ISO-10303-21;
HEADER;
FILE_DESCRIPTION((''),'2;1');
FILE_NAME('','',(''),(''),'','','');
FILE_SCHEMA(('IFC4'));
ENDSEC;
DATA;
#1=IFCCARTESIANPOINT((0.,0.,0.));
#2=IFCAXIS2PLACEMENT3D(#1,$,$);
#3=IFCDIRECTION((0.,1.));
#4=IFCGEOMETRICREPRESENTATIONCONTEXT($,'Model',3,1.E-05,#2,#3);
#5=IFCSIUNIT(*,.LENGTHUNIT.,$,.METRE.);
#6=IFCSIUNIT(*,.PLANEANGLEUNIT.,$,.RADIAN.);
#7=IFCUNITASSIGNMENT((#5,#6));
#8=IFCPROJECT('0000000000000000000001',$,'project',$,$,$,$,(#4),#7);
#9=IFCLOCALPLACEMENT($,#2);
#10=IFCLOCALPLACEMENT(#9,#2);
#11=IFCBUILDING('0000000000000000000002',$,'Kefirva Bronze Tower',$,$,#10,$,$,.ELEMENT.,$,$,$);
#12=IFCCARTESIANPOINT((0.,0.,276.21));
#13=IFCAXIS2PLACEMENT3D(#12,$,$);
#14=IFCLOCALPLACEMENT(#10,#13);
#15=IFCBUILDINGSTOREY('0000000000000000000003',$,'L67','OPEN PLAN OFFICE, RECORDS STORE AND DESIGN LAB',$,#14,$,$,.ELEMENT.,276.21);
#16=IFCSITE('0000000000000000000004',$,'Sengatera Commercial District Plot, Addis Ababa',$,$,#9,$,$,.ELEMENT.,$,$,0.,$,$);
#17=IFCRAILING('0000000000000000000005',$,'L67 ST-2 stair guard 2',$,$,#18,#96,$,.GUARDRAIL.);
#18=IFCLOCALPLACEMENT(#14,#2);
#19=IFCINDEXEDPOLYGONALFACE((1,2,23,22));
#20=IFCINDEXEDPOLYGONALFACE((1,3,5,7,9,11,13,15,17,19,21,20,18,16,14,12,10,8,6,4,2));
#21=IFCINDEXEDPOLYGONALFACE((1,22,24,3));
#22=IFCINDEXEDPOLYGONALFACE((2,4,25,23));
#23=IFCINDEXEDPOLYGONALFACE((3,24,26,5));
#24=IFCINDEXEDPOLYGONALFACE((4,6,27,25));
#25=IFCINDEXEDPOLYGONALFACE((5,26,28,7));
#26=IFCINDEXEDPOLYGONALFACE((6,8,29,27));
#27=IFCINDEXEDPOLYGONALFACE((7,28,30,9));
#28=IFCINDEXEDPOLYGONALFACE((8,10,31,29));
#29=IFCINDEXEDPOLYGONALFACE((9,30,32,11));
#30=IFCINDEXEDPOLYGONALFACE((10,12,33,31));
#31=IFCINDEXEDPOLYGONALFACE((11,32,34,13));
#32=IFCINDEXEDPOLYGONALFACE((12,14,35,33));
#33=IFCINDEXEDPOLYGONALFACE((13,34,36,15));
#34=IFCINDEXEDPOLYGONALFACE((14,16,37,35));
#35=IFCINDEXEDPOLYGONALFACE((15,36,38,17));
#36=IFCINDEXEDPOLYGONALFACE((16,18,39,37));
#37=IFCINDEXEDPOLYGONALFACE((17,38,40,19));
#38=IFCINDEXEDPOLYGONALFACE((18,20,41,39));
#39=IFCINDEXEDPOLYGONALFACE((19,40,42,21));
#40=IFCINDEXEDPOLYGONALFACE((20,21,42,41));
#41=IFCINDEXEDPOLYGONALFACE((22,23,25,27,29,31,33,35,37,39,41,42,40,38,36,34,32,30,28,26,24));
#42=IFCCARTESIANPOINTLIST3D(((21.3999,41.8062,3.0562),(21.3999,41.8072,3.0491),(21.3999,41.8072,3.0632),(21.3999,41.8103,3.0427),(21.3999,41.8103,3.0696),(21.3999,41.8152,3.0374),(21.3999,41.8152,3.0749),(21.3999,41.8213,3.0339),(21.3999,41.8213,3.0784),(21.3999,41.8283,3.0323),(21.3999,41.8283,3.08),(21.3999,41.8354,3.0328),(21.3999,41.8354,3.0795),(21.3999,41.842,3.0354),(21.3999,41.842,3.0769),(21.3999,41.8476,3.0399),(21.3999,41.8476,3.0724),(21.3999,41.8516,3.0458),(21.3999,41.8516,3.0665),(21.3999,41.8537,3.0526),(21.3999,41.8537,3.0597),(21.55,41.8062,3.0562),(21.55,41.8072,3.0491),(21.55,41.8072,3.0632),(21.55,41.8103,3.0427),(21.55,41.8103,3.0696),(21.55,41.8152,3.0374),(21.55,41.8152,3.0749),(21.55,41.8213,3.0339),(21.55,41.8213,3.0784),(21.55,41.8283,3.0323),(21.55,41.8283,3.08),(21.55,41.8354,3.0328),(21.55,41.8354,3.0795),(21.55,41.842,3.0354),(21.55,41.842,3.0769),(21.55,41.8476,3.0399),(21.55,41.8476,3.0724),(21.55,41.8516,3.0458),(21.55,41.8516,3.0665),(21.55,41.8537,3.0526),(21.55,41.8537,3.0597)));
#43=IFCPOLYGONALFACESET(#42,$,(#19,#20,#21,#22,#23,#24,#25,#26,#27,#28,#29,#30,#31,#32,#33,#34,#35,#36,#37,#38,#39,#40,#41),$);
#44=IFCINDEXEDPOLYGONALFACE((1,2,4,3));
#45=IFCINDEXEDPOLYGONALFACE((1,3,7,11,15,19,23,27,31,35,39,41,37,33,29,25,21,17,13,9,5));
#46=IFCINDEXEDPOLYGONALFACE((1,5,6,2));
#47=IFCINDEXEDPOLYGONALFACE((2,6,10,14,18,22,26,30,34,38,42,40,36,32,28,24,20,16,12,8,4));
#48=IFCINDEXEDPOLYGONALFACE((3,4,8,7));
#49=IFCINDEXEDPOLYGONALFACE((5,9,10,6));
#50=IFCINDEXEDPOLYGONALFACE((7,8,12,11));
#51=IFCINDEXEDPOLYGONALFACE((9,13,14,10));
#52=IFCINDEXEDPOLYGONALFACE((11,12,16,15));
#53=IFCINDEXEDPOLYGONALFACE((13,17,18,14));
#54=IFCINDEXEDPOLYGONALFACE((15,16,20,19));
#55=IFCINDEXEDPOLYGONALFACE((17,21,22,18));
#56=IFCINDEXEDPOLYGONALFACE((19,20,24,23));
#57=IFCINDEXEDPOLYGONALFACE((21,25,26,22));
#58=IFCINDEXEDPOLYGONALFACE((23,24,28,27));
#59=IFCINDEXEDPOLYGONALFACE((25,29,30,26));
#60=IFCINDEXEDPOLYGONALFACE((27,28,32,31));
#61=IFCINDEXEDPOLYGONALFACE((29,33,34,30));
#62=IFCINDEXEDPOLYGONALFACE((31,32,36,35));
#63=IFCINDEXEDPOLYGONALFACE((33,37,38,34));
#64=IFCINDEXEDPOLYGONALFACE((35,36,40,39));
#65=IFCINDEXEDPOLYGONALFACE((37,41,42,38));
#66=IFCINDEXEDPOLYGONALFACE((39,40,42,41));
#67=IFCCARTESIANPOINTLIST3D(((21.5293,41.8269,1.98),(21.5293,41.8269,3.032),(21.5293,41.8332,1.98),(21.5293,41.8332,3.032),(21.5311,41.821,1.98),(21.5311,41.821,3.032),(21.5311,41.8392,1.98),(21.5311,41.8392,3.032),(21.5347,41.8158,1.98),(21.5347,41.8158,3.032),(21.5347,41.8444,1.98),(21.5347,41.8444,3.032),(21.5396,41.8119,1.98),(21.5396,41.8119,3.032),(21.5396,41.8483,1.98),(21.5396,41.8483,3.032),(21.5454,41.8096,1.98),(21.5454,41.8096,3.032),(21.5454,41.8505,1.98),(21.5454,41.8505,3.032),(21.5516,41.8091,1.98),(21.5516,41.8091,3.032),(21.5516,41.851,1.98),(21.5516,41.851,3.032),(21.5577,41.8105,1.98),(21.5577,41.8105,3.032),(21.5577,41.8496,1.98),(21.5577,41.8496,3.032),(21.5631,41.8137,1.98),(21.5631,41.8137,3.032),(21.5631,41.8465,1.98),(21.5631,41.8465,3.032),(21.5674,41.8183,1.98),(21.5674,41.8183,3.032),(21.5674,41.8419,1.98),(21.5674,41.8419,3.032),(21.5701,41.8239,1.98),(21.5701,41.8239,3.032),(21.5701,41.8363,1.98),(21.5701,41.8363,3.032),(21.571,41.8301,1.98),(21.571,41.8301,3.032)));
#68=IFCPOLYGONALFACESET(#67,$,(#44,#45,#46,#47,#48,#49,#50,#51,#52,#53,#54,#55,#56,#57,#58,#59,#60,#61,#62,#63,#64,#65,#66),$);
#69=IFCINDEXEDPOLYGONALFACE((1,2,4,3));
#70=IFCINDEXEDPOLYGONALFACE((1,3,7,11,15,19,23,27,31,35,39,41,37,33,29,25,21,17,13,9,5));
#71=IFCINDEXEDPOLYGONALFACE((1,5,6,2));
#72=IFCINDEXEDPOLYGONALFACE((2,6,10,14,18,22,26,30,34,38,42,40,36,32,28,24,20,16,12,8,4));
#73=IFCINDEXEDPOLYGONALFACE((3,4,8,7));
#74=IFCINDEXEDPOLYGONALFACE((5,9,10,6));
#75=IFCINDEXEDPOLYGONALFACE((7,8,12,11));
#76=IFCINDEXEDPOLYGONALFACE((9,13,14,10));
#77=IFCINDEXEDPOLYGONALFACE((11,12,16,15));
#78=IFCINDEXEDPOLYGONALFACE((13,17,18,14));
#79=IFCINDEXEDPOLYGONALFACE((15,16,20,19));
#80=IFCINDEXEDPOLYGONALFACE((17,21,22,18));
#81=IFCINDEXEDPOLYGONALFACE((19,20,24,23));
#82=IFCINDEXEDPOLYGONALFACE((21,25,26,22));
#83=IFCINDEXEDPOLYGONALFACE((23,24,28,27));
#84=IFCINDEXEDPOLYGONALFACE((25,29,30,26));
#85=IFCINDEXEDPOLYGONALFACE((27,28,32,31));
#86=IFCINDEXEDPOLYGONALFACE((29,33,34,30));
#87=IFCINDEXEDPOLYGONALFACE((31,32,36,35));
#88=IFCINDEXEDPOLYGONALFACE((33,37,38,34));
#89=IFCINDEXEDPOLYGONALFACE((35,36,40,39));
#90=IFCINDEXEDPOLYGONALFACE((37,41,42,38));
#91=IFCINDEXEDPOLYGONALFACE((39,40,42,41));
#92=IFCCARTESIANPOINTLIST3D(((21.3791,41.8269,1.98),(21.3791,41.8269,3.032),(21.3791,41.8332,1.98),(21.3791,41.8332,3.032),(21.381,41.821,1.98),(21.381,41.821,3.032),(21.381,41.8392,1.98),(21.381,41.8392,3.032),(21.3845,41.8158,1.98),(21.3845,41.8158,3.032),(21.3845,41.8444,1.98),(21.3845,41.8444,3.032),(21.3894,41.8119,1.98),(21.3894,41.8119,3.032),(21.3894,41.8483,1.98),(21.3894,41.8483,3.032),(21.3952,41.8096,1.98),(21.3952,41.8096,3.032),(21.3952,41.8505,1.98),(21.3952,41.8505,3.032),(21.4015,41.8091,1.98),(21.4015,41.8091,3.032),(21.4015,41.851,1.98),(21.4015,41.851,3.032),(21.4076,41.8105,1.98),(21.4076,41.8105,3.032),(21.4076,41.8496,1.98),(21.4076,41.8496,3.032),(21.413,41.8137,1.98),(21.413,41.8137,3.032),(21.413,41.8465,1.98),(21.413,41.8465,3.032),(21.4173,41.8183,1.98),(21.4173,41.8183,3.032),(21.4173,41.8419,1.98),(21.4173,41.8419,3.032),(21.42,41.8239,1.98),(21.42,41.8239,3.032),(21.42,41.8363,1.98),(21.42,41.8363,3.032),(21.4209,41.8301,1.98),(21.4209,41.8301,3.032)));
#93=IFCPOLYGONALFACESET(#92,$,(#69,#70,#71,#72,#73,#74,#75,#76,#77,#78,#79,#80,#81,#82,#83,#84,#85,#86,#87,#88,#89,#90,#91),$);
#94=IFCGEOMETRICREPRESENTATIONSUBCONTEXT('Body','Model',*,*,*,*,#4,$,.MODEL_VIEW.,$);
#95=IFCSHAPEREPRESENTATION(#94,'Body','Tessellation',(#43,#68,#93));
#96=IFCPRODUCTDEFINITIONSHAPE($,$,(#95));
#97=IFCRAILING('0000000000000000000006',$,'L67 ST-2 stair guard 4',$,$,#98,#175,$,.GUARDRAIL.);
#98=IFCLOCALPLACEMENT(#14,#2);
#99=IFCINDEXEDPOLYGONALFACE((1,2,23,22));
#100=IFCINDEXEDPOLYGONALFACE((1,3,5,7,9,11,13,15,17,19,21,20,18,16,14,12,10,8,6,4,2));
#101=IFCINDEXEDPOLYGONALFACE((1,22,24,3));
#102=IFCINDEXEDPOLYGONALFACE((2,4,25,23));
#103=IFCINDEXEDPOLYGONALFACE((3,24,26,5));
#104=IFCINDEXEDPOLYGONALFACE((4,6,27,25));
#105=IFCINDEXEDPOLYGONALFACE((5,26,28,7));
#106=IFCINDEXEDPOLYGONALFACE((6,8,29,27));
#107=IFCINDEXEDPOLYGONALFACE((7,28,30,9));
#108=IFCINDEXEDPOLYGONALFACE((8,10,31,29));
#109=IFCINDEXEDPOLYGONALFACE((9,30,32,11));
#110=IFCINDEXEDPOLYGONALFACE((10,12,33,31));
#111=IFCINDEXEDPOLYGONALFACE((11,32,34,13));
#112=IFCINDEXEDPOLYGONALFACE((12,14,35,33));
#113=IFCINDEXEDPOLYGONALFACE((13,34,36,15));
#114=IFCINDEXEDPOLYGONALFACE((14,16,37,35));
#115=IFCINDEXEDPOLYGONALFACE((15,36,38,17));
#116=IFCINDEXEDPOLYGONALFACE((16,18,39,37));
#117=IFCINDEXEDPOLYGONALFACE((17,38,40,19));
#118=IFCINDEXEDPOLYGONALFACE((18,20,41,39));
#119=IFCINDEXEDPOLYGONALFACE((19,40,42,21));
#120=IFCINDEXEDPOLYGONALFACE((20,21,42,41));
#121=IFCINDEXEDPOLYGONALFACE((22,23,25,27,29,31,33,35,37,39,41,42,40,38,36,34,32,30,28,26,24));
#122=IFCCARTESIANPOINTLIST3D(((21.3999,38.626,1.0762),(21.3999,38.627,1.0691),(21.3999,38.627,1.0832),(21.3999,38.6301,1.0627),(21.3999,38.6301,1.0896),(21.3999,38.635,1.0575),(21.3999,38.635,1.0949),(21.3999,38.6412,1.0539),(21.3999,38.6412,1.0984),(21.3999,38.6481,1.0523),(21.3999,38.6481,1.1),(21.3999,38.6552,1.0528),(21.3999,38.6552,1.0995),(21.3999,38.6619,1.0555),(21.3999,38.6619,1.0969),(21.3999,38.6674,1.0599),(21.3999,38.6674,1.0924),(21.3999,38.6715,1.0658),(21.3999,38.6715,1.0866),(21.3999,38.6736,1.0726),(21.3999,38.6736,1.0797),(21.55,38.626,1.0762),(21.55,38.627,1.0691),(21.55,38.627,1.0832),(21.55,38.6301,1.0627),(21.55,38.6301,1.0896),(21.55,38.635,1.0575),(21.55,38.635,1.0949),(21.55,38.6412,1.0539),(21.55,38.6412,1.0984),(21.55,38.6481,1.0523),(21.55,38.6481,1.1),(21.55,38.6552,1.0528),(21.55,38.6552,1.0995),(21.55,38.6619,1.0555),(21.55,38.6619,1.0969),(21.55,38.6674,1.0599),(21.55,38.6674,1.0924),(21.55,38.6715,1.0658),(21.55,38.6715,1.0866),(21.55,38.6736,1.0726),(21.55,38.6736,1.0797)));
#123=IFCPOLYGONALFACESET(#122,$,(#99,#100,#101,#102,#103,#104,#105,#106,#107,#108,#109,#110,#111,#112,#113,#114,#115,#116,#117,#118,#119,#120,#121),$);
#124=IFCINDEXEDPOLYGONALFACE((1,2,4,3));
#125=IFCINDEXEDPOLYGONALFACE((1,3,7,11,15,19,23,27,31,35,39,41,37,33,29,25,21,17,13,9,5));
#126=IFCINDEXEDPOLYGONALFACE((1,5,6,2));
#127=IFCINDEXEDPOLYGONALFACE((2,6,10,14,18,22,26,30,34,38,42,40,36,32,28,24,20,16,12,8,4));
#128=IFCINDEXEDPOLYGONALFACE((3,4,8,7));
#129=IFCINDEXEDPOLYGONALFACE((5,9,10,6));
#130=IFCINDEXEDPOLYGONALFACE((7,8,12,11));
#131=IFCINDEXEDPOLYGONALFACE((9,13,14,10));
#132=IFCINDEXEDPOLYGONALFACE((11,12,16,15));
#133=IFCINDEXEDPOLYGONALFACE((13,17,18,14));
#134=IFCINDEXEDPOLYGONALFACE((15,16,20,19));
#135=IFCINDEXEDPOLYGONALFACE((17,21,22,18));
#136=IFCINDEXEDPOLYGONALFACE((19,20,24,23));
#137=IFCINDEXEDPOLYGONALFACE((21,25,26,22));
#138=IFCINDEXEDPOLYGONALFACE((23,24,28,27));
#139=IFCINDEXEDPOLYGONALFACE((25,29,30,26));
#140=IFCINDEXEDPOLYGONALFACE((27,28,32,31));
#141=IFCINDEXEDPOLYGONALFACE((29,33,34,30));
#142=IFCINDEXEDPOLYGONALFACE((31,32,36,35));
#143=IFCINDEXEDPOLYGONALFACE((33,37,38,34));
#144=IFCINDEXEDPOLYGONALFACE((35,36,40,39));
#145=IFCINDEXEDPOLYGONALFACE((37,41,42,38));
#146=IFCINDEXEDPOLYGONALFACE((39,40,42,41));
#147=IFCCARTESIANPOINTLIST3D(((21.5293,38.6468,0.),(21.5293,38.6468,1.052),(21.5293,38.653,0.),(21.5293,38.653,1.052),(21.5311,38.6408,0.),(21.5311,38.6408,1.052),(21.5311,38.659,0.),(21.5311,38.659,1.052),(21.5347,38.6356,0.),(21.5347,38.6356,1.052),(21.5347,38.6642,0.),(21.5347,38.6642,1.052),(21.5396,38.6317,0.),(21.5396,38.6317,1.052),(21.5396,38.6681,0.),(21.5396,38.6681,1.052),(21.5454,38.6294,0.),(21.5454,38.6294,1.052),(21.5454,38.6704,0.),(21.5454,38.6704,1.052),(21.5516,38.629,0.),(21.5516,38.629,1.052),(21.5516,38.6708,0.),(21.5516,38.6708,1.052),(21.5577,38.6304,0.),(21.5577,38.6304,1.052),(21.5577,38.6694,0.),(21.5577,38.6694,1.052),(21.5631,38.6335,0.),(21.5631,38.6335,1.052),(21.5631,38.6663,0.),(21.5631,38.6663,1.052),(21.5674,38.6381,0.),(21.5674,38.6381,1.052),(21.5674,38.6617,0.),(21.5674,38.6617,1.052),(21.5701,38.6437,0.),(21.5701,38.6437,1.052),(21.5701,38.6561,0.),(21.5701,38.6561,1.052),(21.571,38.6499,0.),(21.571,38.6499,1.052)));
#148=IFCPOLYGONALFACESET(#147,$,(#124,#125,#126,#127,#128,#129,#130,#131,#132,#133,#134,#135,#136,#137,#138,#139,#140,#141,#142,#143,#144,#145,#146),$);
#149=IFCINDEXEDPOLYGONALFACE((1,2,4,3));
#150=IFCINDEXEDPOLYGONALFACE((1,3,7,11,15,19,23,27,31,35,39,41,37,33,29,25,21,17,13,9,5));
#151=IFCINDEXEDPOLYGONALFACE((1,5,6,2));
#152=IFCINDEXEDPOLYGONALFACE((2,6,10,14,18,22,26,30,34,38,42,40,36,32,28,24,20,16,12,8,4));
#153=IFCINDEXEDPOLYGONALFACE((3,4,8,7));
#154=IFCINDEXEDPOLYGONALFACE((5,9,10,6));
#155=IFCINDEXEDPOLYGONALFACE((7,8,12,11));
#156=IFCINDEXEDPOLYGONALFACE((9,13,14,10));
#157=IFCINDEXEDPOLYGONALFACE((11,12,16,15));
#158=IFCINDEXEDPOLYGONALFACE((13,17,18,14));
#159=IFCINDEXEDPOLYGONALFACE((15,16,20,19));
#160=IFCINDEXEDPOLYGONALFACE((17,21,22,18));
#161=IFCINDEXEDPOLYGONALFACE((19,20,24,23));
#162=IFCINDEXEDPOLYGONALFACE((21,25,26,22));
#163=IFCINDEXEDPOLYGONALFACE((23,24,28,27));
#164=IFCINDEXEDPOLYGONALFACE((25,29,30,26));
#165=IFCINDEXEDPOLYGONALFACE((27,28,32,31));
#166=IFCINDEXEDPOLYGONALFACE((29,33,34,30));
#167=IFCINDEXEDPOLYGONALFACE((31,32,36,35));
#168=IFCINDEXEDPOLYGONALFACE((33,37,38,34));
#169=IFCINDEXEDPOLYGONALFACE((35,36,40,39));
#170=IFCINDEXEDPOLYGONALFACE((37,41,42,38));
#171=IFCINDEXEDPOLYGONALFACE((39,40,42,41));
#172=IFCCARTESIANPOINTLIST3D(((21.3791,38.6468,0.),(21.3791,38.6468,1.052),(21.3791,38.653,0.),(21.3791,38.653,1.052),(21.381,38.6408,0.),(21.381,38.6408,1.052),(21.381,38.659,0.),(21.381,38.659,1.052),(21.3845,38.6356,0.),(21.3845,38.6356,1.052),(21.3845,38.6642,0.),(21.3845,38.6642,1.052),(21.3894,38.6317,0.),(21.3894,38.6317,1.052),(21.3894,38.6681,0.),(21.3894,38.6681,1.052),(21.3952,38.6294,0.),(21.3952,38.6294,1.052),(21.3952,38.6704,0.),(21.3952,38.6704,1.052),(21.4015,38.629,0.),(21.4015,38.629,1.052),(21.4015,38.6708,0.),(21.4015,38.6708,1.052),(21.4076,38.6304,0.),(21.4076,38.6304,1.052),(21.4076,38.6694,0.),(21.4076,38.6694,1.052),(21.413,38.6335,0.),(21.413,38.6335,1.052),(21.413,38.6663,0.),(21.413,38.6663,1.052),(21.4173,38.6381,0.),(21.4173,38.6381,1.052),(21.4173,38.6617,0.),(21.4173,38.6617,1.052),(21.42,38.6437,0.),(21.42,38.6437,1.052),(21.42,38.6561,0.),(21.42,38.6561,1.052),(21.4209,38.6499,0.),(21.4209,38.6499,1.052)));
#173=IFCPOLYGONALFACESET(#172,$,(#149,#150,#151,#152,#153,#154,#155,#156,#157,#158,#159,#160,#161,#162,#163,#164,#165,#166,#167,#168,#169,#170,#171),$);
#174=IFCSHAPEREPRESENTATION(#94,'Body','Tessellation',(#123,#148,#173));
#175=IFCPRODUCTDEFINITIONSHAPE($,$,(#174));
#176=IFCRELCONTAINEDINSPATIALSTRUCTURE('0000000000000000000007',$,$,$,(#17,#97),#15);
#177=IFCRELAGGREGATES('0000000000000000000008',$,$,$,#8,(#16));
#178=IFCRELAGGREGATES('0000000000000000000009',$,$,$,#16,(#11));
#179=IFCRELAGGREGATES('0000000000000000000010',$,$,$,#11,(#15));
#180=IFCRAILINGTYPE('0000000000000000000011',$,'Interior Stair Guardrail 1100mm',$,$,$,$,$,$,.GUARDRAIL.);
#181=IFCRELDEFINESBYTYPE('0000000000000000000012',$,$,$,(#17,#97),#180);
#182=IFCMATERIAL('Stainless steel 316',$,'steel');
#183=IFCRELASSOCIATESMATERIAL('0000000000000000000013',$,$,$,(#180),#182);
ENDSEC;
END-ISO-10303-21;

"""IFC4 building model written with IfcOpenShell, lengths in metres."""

from ifc_helpers import new_model, si_unit, direction, frame, origin, origin_2d, place, context, subcontext, project, spatial, circle, extrude, material, type_object, element, save


model = new_model("IFC4")

# Units and contexts
model_context = context("Model", 3, precision=1e-05, world=origin(), true_north=direction((0.0, 1.0)))
body_context = subcontext(model_context, "Body", "Model", "MODEL_VIEW")
ifc_project = project(units=[si_unit("LENGTHUNIT", "METRE"), si_unit("PLANEANGLEUNIT", "RADIAN")], contexts=[model_context])

# Site, building, storey
site_placement = place(None, origin())
site = spatial("IfcSite", under=ifc_project, at=site_placement, Name="Sengatera Commercial District Plot, Addis Ababa", CompositionType="ELEMENT", RefElevation=0.0)
building_placement = place(site_placement, origin())
building = spatial("IfcBuilding", under=site, at=building_placement, Name="Kefirva Bronze Tower", CompositionType="ELEMENT")
storey_placement = place(building_placement, frame((0.0, 0.0, 276.21)))
storey = spatial("IfcBuildingStorey", under=building, at=storey_placement, Name="L67", Description="OPEN PLAN OFFICE, RECORDS STORE AND DESIGN LAB", CompositionType="ELEMENT", Elevation=276.21)

# Railings
ifc_material_1 = material(Name="Stainless steel 316", Category="steel")
railing_type_1 = type_object("IfcRailingType", Name="Interior Stair Guardrail 1100mm", PredefinedType="GUARDRAIL", material=ifc_material_1)
for number, where, name in (
    (1, (21.55, 41.8301, 1.98), "L67 ST-2 stair guard 2"),
    (2, (21.55, 38.6499, 0.0), "L67 ST-2 stair guard 4"),
):
    element("IfcRailing", number, at=place(storey_placement, frame(where)), inside=storey, type_object=railing_type_1, Name=name, PredefinedType="GUARDRAIL", context=body_context, shape_type="SweptSolid", body=[
        extrude(circle(Radius=0.0239, at=origin_2d()), frame((0.0, 0.0, 1.0762), z_axis=(-1.0, 0.0, 0.0), x_axis=(0.0, -1.0, 0.0)), (0.0, 0.0, 1.0), 0.1501),
        extrude(circle(Radius=0.021, at=origin_2d()), origin(), (0.0, 0.0, 1.0), 1.052),
        extrude(circle(Radius=0.021, at=origin_2d()), frame((-0.1501, 0.0, 0.0)), (0.0, 0.0, 1.0), 1.052),
    ])

save(model, "model.ifc")
